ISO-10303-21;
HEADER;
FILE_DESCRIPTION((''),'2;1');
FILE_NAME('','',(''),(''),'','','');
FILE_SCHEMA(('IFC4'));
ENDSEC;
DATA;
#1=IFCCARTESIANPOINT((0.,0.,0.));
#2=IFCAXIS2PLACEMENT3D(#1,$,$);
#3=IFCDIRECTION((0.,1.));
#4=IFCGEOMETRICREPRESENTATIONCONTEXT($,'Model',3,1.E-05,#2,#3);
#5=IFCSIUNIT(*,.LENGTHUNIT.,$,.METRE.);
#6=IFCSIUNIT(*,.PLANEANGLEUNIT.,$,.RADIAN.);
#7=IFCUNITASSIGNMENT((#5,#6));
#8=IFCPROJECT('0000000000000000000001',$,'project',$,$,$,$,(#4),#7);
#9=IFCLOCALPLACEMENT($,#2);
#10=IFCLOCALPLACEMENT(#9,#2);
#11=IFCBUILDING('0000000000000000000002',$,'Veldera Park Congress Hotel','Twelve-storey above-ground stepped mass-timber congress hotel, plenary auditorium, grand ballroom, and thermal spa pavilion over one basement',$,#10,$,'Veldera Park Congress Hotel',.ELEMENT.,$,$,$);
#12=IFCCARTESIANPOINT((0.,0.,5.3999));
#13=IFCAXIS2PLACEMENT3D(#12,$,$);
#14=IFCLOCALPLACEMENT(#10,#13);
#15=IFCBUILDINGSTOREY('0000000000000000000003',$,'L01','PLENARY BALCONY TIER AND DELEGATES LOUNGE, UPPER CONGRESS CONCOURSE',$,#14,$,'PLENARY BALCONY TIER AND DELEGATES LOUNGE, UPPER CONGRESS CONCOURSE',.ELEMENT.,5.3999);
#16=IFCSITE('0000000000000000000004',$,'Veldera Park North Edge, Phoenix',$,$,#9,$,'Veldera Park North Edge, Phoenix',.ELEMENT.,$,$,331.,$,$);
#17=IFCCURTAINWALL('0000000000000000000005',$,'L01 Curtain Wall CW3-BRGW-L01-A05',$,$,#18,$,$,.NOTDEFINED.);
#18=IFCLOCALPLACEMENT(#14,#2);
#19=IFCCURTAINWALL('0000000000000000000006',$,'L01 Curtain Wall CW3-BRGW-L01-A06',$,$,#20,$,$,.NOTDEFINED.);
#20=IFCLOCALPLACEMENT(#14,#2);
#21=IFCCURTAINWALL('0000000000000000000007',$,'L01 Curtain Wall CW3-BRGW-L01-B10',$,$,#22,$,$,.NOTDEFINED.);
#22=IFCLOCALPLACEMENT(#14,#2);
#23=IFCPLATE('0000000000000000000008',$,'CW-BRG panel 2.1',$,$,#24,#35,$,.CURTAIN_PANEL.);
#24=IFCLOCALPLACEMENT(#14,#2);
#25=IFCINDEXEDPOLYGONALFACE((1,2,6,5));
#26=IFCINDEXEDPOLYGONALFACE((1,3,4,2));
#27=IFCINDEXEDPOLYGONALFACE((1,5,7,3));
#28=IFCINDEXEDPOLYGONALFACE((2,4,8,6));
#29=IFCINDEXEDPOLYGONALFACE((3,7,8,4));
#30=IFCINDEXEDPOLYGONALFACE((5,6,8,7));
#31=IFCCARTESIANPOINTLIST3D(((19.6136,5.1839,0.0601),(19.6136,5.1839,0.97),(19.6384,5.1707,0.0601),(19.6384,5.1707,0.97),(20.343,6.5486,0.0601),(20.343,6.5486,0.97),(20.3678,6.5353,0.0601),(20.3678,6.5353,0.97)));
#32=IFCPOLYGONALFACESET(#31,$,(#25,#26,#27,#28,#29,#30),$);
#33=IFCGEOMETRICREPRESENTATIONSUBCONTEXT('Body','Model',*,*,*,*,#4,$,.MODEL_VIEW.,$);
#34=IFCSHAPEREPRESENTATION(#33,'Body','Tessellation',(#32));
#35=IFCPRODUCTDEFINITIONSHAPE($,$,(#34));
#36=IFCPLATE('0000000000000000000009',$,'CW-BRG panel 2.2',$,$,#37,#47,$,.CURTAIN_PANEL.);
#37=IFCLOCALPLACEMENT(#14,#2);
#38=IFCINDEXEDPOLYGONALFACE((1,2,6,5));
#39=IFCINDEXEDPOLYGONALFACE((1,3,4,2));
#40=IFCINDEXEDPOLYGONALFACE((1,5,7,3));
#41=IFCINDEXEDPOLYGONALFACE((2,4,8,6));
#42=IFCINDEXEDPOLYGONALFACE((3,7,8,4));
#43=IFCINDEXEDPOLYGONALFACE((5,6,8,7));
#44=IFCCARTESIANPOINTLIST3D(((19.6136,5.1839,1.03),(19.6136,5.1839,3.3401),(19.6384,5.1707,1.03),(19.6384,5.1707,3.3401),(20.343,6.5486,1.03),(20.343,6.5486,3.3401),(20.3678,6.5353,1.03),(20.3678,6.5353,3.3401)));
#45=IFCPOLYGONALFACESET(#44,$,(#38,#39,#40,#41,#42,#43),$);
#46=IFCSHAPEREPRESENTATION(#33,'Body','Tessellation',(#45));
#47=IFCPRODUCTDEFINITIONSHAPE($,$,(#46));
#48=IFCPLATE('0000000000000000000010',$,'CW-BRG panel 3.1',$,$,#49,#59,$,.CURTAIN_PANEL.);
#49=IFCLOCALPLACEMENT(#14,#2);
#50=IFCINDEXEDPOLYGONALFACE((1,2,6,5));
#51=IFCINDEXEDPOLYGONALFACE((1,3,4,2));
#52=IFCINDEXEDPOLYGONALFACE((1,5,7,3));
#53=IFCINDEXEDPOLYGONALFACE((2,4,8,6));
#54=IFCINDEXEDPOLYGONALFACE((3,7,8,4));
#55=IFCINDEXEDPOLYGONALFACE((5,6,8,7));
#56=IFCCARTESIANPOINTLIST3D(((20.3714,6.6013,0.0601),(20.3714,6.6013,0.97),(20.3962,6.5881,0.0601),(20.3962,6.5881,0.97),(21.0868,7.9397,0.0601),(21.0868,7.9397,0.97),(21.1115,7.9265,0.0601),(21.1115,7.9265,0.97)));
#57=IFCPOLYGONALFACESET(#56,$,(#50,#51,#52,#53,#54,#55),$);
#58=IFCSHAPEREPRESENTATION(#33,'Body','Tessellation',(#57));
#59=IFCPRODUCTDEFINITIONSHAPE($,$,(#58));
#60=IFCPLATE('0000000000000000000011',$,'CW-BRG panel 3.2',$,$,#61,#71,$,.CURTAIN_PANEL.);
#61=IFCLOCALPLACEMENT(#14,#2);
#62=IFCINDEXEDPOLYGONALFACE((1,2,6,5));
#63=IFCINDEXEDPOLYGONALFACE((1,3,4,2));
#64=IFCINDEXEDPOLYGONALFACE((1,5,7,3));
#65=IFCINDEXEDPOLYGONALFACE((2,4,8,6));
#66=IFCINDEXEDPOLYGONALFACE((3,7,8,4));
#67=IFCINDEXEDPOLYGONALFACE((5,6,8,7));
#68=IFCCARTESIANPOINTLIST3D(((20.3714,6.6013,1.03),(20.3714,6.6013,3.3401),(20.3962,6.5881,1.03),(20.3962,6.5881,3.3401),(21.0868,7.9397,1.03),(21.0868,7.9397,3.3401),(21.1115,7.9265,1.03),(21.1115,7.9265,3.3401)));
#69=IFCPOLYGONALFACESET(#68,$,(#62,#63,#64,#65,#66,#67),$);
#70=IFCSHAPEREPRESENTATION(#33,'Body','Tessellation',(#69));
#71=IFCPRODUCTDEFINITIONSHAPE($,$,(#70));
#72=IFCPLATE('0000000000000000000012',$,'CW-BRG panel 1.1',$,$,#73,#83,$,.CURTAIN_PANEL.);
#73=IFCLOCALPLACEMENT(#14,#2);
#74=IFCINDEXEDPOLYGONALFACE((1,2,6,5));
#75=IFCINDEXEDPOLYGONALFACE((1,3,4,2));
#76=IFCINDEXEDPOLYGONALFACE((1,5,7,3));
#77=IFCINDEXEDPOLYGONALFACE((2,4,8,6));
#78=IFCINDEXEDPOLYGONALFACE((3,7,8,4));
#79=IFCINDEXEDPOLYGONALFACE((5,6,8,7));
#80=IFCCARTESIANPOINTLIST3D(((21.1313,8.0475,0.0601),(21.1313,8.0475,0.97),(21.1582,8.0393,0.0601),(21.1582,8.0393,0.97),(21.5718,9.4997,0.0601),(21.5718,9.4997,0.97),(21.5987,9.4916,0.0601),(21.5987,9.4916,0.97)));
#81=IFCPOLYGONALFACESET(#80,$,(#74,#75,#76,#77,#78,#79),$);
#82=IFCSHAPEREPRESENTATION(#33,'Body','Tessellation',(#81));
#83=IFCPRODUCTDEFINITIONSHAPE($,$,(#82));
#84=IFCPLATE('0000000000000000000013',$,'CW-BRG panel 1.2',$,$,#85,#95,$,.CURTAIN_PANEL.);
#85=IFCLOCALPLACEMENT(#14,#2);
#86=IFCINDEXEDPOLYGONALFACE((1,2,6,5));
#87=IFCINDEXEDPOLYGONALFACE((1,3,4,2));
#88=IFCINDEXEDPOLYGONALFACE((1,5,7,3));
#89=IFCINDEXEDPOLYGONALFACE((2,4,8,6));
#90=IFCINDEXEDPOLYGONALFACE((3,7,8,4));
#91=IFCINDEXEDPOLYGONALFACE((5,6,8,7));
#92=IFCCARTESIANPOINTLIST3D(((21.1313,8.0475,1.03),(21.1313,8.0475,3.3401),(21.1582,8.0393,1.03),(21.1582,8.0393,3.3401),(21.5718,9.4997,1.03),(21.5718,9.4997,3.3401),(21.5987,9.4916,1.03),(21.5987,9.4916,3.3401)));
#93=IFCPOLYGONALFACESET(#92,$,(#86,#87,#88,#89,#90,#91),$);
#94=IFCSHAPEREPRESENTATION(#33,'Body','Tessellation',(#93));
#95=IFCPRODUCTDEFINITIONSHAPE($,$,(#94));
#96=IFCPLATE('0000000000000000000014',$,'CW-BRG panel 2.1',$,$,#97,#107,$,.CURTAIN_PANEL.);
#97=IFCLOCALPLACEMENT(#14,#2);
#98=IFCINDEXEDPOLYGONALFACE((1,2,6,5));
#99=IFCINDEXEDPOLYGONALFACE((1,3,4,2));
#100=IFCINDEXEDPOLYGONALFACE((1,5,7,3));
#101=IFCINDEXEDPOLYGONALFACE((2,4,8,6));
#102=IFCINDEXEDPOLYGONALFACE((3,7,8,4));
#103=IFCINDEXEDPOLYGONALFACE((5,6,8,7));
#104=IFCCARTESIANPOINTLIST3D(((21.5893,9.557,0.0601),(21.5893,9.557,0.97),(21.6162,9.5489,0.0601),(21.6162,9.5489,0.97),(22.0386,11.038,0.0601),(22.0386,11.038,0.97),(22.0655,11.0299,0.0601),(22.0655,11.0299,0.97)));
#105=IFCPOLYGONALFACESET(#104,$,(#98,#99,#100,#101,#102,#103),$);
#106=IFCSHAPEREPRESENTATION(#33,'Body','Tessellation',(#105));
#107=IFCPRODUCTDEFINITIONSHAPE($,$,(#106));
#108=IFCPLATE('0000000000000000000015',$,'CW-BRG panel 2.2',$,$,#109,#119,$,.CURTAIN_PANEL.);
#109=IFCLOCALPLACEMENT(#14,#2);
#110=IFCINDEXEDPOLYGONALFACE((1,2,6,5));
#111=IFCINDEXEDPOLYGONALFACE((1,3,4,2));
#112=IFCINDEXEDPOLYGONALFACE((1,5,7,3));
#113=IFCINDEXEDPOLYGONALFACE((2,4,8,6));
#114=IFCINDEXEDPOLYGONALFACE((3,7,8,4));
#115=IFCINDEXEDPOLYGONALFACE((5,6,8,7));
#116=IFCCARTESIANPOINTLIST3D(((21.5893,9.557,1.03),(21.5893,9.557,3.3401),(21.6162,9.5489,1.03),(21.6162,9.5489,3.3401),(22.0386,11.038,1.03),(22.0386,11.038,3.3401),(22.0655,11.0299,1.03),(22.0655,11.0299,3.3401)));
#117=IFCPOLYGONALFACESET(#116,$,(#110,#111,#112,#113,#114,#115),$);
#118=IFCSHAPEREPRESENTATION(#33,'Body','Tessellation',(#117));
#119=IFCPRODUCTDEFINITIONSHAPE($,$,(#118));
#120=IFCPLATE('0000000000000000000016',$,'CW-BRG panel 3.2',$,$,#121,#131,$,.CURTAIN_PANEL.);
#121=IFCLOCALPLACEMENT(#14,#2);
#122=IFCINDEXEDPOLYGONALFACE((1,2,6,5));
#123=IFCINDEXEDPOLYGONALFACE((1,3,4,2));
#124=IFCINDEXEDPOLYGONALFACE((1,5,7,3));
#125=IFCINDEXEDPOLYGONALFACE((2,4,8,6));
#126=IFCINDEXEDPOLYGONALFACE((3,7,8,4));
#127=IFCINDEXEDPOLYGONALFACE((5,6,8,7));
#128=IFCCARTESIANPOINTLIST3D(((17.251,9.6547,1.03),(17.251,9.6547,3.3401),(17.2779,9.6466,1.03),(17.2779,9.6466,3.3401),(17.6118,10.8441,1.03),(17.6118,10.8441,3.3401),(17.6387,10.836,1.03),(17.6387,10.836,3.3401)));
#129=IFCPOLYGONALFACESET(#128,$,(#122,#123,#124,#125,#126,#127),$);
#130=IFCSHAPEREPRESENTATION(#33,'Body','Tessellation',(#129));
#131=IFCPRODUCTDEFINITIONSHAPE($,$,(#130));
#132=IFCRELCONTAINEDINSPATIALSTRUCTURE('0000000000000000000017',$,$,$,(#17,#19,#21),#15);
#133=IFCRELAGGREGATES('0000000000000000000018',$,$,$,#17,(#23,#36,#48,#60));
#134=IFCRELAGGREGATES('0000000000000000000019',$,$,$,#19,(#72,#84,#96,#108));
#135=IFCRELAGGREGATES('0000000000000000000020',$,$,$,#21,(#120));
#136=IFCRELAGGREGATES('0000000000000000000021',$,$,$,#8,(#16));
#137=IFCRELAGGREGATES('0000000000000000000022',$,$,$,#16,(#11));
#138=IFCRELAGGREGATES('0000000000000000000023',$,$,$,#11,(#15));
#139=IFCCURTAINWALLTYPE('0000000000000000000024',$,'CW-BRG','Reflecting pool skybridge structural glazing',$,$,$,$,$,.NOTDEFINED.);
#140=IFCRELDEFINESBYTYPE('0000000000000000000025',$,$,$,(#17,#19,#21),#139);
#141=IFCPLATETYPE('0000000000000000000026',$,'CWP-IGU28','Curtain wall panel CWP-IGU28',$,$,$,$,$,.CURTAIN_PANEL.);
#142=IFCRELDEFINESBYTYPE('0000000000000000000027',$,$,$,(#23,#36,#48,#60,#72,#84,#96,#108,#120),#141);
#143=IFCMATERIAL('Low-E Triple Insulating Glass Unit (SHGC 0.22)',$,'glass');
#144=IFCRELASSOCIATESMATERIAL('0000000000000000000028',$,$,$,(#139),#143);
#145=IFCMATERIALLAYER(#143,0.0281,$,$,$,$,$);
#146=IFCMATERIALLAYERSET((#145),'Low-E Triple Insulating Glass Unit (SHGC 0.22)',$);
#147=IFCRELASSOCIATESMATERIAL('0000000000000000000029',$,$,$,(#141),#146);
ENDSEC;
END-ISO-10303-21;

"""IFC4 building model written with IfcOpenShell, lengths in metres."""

from ifc_helpers import new_model, si_unit, direction, frame, origin, origin_2d, place, context, subcontext, project, spatial, rectangle, extrude, material, layer, layer_set, type_object, element, aggregate, save


model = new_model("IFC4")

# Units and contexts
model_context = context("Model", 3, precision=1e-05, world=origin(), true_north=direction((0.0, 1.0)))
body_context = subcontext(model_context, "Body", "Model", "MODEL_VIEW")
ifc_project = project(units=[si_unit("LENGTHUNIT", "METRE"), si_unit("PLANEANGLEUNIT", "RADIAN")], contexts=[model_context])

# Site, building, storey
site_placement = place(None, origin())
site = spatial("IfcSite", under=ifc_project, at=site_placement, Name="Veldera Park North Edge, Phoenix", LongName="Veldera Park North Edge, Phoenix", CompositionType="ELEMENT", RefElevation=331.0)
building_placement = place(site_placement, origin())
building = spatial("IfcBuilding", under=site, at=building_placement, Name="Veldera Park Congress Hotel", Description="Twelve-storey above-ground stepped mass-timber congress hotel, plenary auditorium, grand ballroom, and thermal spa pavilion over one basement", LongName="Veldera Park Congress Hotel", CompositionType="ELEMENT")
storey_placement = place(building_placement, frame((0.0, 0.0, 5.3999)))
storey = spatial("IfcBuildingStorey", under=building, at=storey_placement, Name="L01", Description="PLENARY BALCONY TIER AND DELEGATES LOUNGE, UPPER CONGRESS CONCOURSE", LongName="PLENARY BALCONY TIER AND DELEGATES LOUNGE, UPPER CONGRESS CONCOURSE", CompositionType="ELEMENT", Elevation=5.3999)

# Shared definitions
ifc_material_1 = material(Name="Low-E Triple Insulating Glass Unit (SHGC 0.22)", Category="glass")
curtain_wall_type = type_object("IfcCurtainWallType", Name="CW-BRG", Description="Reflecting pool skybridge structural glazing", PredefinedType="NOTDEFINED", material=ifc_material_1)

# Curtain walls
curtain_wall_1_placement = place(storey_placement, origin())
curtain_wall_1 = element("IfcCurtainWall", 1, at=curtain_wall_1_placement, inside=storey, type_object=curtain_wall_type, Name="L01 Curtain Wall CW3-BRGW-L01-A05", PredefinedType="NOTDEFINED")
curtain_wall_2_placement = place(storey_placement, origin())
curtain_wall_2 = element("IfcCurtainWall", 2, at=curtain_wall_2_placement, inside=storey, type_object=curtain_wall_type, Name="L01 Curtain Wall CW3-BRGW-L01-A06", PredefinedType="NOTDEFINED")

# Curtain wall
curtain_wall_3_placement = place(storey_placement, origin())
curtain_wall_3 = element("IfcCurtainWall", 3, at=curtain_wall_3_placement, inside=storey, type_object=curtain_wall_type, Name="L01 Curtain Wall CW3-BRGW-L01-B10", PredefinedType="NOTDEFINED")

# Plates
ifc_layer = layer(ifc_material_1, 0.0281)
ifc_layer_set = layer_set([ifc_layer], Name="Low-E Triple Insulating Glass Unit (SHGC 0.22)")
plate_type = type_object("IfcPlateType", Name="CWP-IGU28", Description="Curtain wall panel CWP-IGU28", PredefinedType="CURTAIN_PANEL", material=ifc_layer_set)
plate_1_placement = place(storey_placement, frame((19.9907, 5.8596, 0.0601), z_axis=(0.0, 0.0, 1.0), x_axis=(0.471385, 0.881928, 0.0)))
plate_1 = element("IfcPlate", 4, at=plate_1_placement, type_object=plate_type, Name="CW-BRG panel 2.1", PredefinedType="CURTAIN_PANEL", context=body_context, shape_type="SweptSolid", body=[
    extrude(rectangle(XDim=1.5474, YDim=0.0281, at=origin_2d()), origin(), (0.0, 0.0, 1.0), 0.9099),
])
plate_2_placement = place(storey_placement, frame((19.9907, 5.8596, 1.03), z_axis=(0.0, 0.0, 1.0), x_axis=(0.471385, 0.881928, 0.0)))
plate_2 = element("IfcPlate", 5, at=plate_2_placement, type_object=plate_type, Name="CW-BRG panel 2.2", PredefinedType="CURTAIN_PANEL", context=body_context, shape_type="SweptSolid", body=[
    extrude(rectangle(XDim=1.5474, YDim=0.0281, at=origin_2d()), origin(), (0.0, 0.0, 1.0), 2.3101),
])
plate_3_placement = place(storey_placement, frame((20.7415, 7.2639, 0.0601), z_axis=(0.0, 0.0, 1.0), x_axis=(0.471385, 0.881928, 0.0)))
plate_3 = element("IfcPlate", 6, at=plate_3_placement, type_object=plate_type, Name="CW-BRG panel 3.1", PredefinedType="CURTAIN_PANEL", context=body_context, shape_type="SweptSolid", body=[
    extrude(rectangle(XDim=1.5176, YDim=0.0281, at=origin_2d()), origin(), (0.0, 0.0, 1.0), 0.9099),
])
plate_4_placement = place(storey_placement, frame((20.7415, 7.2639, 1.03), z_axis=(0.0, 0.0, 1.0), x_axis=(0.471385, 0.881928, 0.0)))
plate_4 = element("IfcPlate", 7, at=plate_4_placement, type_object=plate_type, Name="CW-BRG panel 3.2", PredefinedType="CURTAIN_PANEL", context=body_context, shape_type="SweptSolid", body=[
    extrude(rectangle(XDim=1.5176, YDim=0.0281, at=origin_2d()), origin(), (0.0, 0.0, 1.0), 2.3101),
])
aggregate(curtain_wall_1, [plate_1, plate_2, plate_3, plate_4])
plate_5_placement = place(storey_placement, frame((21.365, 8.7695, 0.0601), z_axis=(0.0, 0.0, 1.0), x_axis=(0.290288, 0.956939, 0.0)))
plate_5 = element("IfcPlate", 8, at=plate_5_placement, type_object=plate_type, Name="CW-BRG panel 1.1", PredefinedType="CURTAIN_PANEL", context=body_context, shape_type="SweptSolid", body=[
    extrude(rectangle(XDim=1.5176, YDim=0.0281, at=origin_2d()), origin(), (0.0, 0.0, 1.0), 0.9099),
])
plate_6_placement = place(storey_placement, frame((21.365, 8.7695, 1.03), z_axis=(0.0, 0.0, 1.0), x_axis=(0.290288, 0.956939, 0.0)))
plate_6 = element("IfcPlate", 9, at=plate_6_placement, type_object=plate_type, Name="CW-BRG panel 1.2", PredefinedType="CURTAIN_PANEL", context=body_context, shape_type="SweptSolid", body=[
    extrude(rectangle(XDim=1.5176, YDim=0.0281, at=origin_2d()), origin(), (0.0, 0.0, 1.0), 2.3101),
])
plate_7_placement = place(storey_placement, frame((21.8274, 10.2935, 0.0601), z_axis=(0.0, 0.0, 1.0), x_axis=(0.290288, 0.956939, 0.0)))
plate_7 = element("IfcPlate", 10, at=plate_7_placement, type_object=plate_type, Name="CW-BRG panel 2.1", PredefinedType="CURTAIN_PANEL", context=body_context, shape_type="SweptSolid", body=[
    extrude(rectangle(XDim=1.5476, YDim=0.0281, at=origin_2d()), origin(), (0.0, 0.0, 1.0), 0.9099),
])
plate_8_placement = place(storey_placement, frame((21.8274, 10.2935, 1.03), z_axis=(0.0, 0.0, 1.0), x_axis=(0.290288, 0.956939, 0.0)))
plate_8 = element("IfcPlate", 11, at=plate_8_placement, type_object=plate_type, Name="CW-BRG panel 2.2", PredefinedType="CURTAIN_PANEL", context=body_context, shape_type="SweptSolid", body=[
    extrude(rectangle(XDim=1.5476, YDim=0.0281, at=origin_2d()), origin(), (0.0, 0.0, 1.0), 2.3101),
])
aggregate(curtain_wall_2, [plate_5, plate_6, plate_7, plate_8])
plate_9_placement = place(storey_placement, frame((17.4448, 10.2454, 1.03), z_axis=(0.0, 0.0, 1.0), x_axis=(-0.29029, -0.956939, 0.0)))
plate_9 = element("IfcPlate", 12, at=plate_9_placement, type_object=plate_type, Name="CW-BRG panel 3.2", PredefinedType="CURTAIN_PANEL", context=body_context, shape_type="SweptSolid", body=[
    extrude(rectangle(XDim=1.2429, YDim=0.0281, at=origin_2d()), origin(), (0.0, 0.0, 1.0), 2.3101),
])
aggregate(curtain_wall_3, [plate_9])

save(model, "model.ifc")
